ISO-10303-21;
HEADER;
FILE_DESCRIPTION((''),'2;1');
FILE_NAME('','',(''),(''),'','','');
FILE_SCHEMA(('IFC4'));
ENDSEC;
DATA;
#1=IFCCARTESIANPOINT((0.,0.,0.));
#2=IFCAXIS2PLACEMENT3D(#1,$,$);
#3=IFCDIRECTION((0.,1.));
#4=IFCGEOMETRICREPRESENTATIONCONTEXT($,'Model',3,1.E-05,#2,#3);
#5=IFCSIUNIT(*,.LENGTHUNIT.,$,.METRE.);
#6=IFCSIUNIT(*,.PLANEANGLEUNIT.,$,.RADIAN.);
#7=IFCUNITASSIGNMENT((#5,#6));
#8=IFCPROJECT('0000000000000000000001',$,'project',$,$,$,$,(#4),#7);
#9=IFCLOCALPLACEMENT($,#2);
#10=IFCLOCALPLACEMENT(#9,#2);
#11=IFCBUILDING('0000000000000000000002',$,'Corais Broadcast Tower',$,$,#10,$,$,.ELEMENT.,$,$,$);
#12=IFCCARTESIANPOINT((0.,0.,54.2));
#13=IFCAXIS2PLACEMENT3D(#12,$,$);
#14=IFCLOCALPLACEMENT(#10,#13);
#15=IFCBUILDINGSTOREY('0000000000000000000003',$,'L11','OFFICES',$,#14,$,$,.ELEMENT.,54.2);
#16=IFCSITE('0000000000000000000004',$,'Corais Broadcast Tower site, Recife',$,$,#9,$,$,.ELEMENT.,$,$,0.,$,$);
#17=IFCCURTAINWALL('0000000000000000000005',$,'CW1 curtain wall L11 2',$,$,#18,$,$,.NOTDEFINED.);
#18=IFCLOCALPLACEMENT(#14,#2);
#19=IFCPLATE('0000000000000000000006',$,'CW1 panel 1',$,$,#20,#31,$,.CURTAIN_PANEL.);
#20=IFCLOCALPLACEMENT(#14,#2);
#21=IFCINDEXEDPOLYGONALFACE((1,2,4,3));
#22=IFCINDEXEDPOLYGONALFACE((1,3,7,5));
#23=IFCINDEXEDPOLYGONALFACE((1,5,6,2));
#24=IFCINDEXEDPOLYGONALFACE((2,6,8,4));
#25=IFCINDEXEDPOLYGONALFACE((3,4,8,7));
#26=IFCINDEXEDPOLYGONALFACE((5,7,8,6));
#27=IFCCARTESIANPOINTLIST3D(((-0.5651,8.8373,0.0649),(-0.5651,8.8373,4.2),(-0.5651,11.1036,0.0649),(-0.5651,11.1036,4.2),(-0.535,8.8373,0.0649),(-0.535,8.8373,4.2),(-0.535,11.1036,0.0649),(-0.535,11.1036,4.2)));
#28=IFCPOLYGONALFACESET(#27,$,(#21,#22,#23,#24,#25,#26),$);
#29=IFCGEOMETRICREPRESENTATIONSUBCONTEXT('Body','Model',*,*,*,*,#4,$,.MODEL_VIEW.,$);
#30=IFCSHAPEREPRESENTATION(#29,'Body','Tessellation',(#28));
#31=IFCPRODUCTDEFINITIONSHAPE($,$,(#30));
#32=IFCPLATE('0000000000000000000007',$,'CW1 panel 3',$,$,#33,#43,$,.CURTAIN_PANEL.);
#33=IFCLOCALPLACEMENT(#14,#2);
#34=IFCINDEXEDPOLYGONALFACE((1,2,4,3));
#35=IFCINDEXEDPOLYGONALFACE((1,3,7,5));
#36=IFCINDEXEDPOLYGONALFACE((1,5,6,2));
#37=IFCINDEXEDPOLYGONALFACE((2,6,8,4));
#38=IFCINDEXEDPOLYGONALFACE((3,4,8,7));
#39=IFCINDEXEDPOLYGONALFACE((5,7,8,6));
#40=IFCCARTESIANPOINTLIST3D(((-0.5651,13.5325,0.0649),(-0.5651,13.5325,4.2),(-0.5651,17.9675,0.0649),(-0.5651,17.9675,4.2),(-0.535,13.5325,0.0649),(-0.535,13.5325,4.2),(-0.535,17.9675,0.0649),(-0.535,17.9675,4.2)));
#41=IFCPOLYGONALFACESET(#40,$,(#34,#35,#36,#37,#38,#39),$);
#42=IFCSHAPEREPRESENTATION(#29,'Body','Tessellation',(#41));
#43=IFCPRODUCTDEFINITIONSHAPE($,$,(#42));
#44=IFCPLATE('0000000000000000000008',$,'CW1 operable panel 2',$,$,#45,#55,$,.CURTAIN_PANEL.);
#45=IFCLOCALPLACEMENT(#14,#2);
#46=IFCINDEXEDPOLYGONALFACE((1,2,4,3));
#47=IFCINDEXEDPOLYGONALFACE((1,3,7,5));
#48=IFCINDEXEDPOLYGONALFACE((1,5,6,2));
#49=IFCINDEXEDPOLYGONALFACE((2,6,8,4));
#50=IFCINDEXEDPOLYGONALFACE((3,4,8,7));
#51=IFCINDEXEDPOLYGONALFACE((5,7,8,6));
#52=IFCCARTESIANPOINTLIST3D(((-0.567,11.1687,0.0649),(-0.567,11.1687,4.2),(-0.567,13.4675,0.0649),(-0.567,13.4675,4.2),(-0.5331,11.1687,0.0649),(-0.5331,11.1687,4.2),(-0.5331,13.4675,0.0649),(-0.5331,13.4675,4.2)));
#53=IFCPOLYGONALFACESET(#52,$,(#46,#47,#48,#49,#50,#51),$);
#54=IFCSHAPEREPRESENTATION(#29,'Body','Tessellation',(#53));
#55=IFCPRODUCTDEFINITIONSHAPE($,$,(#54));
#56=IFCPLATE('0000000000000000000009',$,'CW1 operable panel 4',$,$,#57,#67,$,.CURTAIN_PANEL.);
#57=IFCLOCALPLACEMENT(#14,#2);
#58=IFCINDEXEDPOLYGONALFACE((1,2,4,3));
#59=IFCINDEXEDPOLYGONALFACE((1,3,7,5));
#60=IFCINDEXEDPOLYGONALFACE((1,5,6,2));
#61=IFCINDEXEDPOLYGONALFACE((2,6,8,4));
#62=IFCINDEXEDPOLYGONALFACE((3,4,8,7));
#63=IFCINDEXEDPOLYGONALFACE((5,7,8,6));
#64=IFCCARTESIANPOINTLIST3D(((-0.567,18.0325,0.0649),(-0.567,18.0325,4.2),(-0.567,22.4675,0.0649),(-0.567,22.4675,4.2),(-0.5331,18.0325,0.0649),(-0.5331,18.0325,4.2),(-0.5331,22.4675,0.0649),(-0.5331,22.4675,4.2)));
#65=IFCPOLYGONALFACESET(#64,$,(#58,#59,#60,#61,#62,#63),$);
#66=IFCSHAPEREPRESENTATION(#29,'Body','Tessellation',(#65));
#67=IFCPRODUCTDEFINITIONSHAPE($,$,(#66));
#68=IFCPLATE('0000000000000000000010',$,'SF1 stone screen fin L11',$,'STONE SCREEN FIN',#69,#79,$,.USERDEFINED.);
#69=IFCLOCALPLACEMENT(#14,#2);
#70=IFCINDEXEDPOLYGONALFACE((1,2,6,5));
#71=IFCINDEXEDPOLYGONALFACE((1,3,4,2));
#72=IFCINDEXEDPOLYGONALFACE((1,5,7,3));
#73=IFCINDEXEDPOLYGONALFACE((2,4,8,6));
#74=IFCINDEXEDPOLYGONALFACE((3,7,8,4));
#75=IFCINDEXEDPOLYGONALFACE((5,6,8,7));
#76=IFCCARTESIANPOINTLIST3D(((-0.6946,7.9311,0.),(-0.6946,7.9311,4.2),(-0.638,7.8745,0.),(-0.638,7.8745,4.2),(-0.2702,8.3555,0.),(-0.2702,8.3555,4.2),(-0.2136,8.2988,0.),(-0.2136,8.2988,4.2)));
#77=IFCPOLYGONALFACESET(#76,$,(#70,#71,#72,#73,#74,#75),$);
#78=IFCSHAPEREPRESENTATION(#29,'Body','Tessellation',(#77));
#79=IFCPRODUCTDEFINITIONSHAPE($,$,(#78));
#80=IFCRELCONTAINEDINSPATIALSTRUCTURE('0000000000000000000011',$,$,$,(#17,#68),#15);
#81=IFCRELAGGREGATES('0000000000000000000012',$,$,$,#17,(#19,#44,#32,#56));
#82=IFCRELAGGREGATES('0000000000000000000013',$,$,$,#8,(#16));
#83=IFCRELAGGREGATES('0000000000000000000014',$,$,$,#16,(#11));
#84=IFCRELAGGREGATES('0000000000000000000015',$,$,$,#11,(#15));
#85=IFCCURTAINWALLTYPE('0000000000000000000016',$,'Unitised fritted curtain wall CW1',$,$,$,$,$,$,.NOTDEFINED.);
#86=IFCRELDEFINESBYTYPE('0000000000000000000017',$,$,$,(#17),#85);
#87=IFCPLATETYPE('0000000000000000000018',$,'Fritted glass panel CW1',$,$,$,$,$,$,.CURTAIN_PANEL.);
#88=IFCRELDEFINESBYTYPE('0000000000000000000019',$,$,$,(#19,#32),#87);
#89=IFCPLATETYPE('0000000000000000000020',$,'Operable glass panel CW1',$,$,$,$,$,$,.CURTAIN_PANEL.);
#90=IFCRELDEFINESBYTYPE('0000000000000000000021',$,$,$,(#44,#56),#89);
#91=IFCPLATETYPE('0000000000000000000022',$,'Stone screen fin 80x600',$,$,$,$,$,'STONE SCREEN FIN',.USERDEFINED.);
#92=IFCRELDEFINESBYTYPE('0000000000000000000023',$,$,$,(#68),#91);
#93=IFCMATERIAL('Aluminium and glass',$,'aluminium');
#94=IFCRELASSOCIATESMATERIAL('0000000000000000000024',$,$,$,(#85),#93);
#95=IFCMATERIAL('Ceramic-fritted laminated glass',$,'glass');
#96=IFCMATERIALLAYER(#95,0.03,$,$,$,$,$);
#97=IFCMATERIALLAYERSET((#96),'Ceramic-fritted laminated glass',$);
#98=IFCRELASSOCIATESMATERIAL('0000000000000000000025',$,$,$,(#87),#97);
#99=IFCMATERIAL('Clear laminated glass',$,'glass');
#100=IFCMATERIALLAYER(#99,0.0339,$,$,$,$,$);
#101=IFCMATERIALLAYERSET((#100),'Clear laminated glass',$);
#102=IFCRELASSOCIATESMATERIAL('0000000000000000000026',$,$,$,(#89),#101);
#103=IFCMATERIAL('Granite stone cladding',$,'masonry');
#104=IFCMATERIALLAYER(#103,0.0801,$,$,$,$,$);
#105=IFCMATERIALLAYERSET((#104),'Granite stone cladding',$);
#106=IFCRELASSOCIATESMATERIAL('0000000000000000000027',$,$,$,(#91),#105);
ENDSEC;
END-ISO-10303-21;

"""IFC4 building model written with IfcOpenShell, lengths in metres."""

from ifc_helpers import new_model, si_unit, direction, frame, origin, origin_2d, place, context, subcontext, project, spatial, rectangle, extrude, material, layer, layer_set, type_object, element, aggregate, save


model = new_model("IFC4")

# Units and contexts
model_context = context("Model", 3, precision=1e-05, world=origin(), true_north=direction((0.0, 1.0)))
body_context = subcontext(model_context, "Body", "Model", "MODEL_VIEW")
ifc_project = project(units=[si_unit("LENGTHUNIT", "METRE"), si_unit("PLANEANGLEUNIT", "RADIAN")], contexts=[model_context])

# Site, building, storey
site_placement = place(None, origin())
site = spatial("IfcSite", under=ifc_project, at=site_placement, Name="Corais Broadcast Tower site, Recife", CompositionType="ELEMENT", RefElevation=0.0)
building_placement = place(site_placement, origin())
building = spatial("IfcBuilding", under=site, at=building_placement, Name="Corais Broadcast Tower", CompositionType="ELEMENT")
storey_placement = place(building_placement, frame((0.0, 0.0, 54.2)))
storey = spatial("IfcBuildingStorey", under=building, at=storey_placement, Name="L11", Description="OFFICES", CompositionType="ELEMENT", Elevation=54.2)

# Shared definitions
ifc_material_1 = material(Name="Aluminium and glass", Category="aluminium")
curtain_wall_type = type_object("IfcCurtainWallType", Name="Unitised fritted curtain wall CW1", PredefinedType="NOTDEFINED", material=ifc_material_1)

# Curtain wall
curtain_wall_1_placement = place(storey_placement, origin())
curtain_wall_1 = element("IfcCurtainWall", 1, at=curtain_wall_1_placement, inside=storey, type_object=curtain_wall_type, Name="CW1 curtain wall L11 2", PredefinedType="NOTDEFINED")

# Plates
ifc_material_2 = material(Name="Ceramic-fritted laminated glass", Category="glass")
ifc_layer_1 = layer(ifc_material_2, 0.03)
ifc_layer_set_1 = layer_set([ifc_layer_1], Name="Ceramic-fritted laminated glass")
plate_type_1 = type_object("IfcPlateType", Name="Fritted glass panel CW1", PredefinedType="CURTAIN_PANEL", material=ifc_layer_set_1)
plate_1_placement = place(storey_placement, frame((-0.55, 9.9705, 0.0649), z_axis=(0.0, 0.0, 1.0), x_axis=(0.0, 1.0, 0.0)))
plate_1 = element("IfcPlate", 2, at=plate_1_placement, type_object=plate_type_1, Name="CW1 panel 1", PredefinedType="CURTAIN_PANEL", context=body_context, shape_type="SweptSolid", body=[
    extrude(rectangle(XDim=2.2664, YDim=0.03, at=origin_2d()), origin(), (0.0, 0.0, 1.0), 4.135),
])
plate_2_placement = place(storey_placement, frame((-0.55, 15.75, 0.0649), z_axis=(0.0, 0.0, 1.0), x_axis=(0.0, 1.0, 0.0)))
plate_2 = element("IfcPlate", 3, at=plate_2_placement, type_object=plate_type_1, Name="CW1 panel 3", PredefinedType="CURTAIN_PANEL", context=body_context, shape_type="SweptSolid", body=[
    extrude(rectangle(XDim=4.4351, YDim=0.03, at=origin_2d()), origin(), (0.0, 0.0, 1.0), 4.135),
])
ifc_material_3 = material(Name="Clear laminated glass", Category="glass")
ifc_layer_2 = layer(ifc_material_3, 0.0339)
ifc_layer_set_2 = layer_set([ifc_layer_2], Name="Clear laminated glass")
plate_type_2 = type_object("IfcPlateType", Name="Operable glass panel CW1", PredefinedType="CURTAIN_PANEL", material=ifc_layer_set_2)
plate_3_placement = place(storey_placement, frame((-0.55, 12.3181, 0.0649), z_axis=(0.0, 0.0, 1.0), x_axis=(0.0, 1.0, 0.0)))
plate_3 = element("IfcPlate", 4, at=plate_3_placement, type_object=plate_type_2, Name="CW1 operable panel 2", PredefinedType="CURTAIN_PANEL", context=body_context, shape_type="SweptSolid", body=[
    extrude(rectangle(XDim=2.2988, YDim=0.0339, at=origin_2d()), origin(), (0.0, 0.0, 1.0), 4.135),
])
plate_4_placement = place(storey_placement, frame((-0.55, 20.25, 0.0649), z_axis=(0.0, 0.0, 1.0), x_axis=(0.0, 1.0, 0.0)))
plate_4 = element("IfcPlate", 5, at=plate_4_placement, type_object=plate_type_2, Name="CW1 operable panel 4", PredefinedType="CURTAIN_PANEL", context=body_context, shape_type="SweptSolid", body=[
    extrude(rectangle(XDim=4.4351, YDim=0.0339, at=origin_2d()), origin(), (0.0, 0.0, 1.0), 4.135),
])
aggregate(curtain_wall_1, [plate_1, plate_3, plate_2, plate_4])
ifc_material_4 = material(Name="Granite stone cladding", Category="masonry")
ifc_layer_3 = layer(ifc_material_4, 0.0801)
ifc_layer_set_3 = layer_set([ifc_layer_3], Name="Granite stone cladding")
plate_type_3 = type_object("IfcPlateType", Name="Stone screen fin 80x600", ElementType="STONE SCREEN FIN", PredefinedType="USERDEFINED", material=ifc_layer_set_3)
plate_5_placement = place(storey_placement, frame((-0.4541, 8.115, 0.0), z_axis=(0.0, 0.0, 1.0), x_axis=(-0.707107, 0.707107, 0.0)))
element("IfcPlate", 6, at=plate_5_placement, inside=storey, type_object=plate_type_3, Name="SF1 stone screen fin L11", ObjectType="STONE SCREEN FIN", PredefinedType="USERDEFINED", context=body_context, shape_type="SweptSolid", body=[
    extrude(rectangle(XDim=0.0801, YDim=0.6001, at=origin_2d()), origin(), (0.0, 0.0, 1.0), 4.2),
])

save(model, "model.ifc")
